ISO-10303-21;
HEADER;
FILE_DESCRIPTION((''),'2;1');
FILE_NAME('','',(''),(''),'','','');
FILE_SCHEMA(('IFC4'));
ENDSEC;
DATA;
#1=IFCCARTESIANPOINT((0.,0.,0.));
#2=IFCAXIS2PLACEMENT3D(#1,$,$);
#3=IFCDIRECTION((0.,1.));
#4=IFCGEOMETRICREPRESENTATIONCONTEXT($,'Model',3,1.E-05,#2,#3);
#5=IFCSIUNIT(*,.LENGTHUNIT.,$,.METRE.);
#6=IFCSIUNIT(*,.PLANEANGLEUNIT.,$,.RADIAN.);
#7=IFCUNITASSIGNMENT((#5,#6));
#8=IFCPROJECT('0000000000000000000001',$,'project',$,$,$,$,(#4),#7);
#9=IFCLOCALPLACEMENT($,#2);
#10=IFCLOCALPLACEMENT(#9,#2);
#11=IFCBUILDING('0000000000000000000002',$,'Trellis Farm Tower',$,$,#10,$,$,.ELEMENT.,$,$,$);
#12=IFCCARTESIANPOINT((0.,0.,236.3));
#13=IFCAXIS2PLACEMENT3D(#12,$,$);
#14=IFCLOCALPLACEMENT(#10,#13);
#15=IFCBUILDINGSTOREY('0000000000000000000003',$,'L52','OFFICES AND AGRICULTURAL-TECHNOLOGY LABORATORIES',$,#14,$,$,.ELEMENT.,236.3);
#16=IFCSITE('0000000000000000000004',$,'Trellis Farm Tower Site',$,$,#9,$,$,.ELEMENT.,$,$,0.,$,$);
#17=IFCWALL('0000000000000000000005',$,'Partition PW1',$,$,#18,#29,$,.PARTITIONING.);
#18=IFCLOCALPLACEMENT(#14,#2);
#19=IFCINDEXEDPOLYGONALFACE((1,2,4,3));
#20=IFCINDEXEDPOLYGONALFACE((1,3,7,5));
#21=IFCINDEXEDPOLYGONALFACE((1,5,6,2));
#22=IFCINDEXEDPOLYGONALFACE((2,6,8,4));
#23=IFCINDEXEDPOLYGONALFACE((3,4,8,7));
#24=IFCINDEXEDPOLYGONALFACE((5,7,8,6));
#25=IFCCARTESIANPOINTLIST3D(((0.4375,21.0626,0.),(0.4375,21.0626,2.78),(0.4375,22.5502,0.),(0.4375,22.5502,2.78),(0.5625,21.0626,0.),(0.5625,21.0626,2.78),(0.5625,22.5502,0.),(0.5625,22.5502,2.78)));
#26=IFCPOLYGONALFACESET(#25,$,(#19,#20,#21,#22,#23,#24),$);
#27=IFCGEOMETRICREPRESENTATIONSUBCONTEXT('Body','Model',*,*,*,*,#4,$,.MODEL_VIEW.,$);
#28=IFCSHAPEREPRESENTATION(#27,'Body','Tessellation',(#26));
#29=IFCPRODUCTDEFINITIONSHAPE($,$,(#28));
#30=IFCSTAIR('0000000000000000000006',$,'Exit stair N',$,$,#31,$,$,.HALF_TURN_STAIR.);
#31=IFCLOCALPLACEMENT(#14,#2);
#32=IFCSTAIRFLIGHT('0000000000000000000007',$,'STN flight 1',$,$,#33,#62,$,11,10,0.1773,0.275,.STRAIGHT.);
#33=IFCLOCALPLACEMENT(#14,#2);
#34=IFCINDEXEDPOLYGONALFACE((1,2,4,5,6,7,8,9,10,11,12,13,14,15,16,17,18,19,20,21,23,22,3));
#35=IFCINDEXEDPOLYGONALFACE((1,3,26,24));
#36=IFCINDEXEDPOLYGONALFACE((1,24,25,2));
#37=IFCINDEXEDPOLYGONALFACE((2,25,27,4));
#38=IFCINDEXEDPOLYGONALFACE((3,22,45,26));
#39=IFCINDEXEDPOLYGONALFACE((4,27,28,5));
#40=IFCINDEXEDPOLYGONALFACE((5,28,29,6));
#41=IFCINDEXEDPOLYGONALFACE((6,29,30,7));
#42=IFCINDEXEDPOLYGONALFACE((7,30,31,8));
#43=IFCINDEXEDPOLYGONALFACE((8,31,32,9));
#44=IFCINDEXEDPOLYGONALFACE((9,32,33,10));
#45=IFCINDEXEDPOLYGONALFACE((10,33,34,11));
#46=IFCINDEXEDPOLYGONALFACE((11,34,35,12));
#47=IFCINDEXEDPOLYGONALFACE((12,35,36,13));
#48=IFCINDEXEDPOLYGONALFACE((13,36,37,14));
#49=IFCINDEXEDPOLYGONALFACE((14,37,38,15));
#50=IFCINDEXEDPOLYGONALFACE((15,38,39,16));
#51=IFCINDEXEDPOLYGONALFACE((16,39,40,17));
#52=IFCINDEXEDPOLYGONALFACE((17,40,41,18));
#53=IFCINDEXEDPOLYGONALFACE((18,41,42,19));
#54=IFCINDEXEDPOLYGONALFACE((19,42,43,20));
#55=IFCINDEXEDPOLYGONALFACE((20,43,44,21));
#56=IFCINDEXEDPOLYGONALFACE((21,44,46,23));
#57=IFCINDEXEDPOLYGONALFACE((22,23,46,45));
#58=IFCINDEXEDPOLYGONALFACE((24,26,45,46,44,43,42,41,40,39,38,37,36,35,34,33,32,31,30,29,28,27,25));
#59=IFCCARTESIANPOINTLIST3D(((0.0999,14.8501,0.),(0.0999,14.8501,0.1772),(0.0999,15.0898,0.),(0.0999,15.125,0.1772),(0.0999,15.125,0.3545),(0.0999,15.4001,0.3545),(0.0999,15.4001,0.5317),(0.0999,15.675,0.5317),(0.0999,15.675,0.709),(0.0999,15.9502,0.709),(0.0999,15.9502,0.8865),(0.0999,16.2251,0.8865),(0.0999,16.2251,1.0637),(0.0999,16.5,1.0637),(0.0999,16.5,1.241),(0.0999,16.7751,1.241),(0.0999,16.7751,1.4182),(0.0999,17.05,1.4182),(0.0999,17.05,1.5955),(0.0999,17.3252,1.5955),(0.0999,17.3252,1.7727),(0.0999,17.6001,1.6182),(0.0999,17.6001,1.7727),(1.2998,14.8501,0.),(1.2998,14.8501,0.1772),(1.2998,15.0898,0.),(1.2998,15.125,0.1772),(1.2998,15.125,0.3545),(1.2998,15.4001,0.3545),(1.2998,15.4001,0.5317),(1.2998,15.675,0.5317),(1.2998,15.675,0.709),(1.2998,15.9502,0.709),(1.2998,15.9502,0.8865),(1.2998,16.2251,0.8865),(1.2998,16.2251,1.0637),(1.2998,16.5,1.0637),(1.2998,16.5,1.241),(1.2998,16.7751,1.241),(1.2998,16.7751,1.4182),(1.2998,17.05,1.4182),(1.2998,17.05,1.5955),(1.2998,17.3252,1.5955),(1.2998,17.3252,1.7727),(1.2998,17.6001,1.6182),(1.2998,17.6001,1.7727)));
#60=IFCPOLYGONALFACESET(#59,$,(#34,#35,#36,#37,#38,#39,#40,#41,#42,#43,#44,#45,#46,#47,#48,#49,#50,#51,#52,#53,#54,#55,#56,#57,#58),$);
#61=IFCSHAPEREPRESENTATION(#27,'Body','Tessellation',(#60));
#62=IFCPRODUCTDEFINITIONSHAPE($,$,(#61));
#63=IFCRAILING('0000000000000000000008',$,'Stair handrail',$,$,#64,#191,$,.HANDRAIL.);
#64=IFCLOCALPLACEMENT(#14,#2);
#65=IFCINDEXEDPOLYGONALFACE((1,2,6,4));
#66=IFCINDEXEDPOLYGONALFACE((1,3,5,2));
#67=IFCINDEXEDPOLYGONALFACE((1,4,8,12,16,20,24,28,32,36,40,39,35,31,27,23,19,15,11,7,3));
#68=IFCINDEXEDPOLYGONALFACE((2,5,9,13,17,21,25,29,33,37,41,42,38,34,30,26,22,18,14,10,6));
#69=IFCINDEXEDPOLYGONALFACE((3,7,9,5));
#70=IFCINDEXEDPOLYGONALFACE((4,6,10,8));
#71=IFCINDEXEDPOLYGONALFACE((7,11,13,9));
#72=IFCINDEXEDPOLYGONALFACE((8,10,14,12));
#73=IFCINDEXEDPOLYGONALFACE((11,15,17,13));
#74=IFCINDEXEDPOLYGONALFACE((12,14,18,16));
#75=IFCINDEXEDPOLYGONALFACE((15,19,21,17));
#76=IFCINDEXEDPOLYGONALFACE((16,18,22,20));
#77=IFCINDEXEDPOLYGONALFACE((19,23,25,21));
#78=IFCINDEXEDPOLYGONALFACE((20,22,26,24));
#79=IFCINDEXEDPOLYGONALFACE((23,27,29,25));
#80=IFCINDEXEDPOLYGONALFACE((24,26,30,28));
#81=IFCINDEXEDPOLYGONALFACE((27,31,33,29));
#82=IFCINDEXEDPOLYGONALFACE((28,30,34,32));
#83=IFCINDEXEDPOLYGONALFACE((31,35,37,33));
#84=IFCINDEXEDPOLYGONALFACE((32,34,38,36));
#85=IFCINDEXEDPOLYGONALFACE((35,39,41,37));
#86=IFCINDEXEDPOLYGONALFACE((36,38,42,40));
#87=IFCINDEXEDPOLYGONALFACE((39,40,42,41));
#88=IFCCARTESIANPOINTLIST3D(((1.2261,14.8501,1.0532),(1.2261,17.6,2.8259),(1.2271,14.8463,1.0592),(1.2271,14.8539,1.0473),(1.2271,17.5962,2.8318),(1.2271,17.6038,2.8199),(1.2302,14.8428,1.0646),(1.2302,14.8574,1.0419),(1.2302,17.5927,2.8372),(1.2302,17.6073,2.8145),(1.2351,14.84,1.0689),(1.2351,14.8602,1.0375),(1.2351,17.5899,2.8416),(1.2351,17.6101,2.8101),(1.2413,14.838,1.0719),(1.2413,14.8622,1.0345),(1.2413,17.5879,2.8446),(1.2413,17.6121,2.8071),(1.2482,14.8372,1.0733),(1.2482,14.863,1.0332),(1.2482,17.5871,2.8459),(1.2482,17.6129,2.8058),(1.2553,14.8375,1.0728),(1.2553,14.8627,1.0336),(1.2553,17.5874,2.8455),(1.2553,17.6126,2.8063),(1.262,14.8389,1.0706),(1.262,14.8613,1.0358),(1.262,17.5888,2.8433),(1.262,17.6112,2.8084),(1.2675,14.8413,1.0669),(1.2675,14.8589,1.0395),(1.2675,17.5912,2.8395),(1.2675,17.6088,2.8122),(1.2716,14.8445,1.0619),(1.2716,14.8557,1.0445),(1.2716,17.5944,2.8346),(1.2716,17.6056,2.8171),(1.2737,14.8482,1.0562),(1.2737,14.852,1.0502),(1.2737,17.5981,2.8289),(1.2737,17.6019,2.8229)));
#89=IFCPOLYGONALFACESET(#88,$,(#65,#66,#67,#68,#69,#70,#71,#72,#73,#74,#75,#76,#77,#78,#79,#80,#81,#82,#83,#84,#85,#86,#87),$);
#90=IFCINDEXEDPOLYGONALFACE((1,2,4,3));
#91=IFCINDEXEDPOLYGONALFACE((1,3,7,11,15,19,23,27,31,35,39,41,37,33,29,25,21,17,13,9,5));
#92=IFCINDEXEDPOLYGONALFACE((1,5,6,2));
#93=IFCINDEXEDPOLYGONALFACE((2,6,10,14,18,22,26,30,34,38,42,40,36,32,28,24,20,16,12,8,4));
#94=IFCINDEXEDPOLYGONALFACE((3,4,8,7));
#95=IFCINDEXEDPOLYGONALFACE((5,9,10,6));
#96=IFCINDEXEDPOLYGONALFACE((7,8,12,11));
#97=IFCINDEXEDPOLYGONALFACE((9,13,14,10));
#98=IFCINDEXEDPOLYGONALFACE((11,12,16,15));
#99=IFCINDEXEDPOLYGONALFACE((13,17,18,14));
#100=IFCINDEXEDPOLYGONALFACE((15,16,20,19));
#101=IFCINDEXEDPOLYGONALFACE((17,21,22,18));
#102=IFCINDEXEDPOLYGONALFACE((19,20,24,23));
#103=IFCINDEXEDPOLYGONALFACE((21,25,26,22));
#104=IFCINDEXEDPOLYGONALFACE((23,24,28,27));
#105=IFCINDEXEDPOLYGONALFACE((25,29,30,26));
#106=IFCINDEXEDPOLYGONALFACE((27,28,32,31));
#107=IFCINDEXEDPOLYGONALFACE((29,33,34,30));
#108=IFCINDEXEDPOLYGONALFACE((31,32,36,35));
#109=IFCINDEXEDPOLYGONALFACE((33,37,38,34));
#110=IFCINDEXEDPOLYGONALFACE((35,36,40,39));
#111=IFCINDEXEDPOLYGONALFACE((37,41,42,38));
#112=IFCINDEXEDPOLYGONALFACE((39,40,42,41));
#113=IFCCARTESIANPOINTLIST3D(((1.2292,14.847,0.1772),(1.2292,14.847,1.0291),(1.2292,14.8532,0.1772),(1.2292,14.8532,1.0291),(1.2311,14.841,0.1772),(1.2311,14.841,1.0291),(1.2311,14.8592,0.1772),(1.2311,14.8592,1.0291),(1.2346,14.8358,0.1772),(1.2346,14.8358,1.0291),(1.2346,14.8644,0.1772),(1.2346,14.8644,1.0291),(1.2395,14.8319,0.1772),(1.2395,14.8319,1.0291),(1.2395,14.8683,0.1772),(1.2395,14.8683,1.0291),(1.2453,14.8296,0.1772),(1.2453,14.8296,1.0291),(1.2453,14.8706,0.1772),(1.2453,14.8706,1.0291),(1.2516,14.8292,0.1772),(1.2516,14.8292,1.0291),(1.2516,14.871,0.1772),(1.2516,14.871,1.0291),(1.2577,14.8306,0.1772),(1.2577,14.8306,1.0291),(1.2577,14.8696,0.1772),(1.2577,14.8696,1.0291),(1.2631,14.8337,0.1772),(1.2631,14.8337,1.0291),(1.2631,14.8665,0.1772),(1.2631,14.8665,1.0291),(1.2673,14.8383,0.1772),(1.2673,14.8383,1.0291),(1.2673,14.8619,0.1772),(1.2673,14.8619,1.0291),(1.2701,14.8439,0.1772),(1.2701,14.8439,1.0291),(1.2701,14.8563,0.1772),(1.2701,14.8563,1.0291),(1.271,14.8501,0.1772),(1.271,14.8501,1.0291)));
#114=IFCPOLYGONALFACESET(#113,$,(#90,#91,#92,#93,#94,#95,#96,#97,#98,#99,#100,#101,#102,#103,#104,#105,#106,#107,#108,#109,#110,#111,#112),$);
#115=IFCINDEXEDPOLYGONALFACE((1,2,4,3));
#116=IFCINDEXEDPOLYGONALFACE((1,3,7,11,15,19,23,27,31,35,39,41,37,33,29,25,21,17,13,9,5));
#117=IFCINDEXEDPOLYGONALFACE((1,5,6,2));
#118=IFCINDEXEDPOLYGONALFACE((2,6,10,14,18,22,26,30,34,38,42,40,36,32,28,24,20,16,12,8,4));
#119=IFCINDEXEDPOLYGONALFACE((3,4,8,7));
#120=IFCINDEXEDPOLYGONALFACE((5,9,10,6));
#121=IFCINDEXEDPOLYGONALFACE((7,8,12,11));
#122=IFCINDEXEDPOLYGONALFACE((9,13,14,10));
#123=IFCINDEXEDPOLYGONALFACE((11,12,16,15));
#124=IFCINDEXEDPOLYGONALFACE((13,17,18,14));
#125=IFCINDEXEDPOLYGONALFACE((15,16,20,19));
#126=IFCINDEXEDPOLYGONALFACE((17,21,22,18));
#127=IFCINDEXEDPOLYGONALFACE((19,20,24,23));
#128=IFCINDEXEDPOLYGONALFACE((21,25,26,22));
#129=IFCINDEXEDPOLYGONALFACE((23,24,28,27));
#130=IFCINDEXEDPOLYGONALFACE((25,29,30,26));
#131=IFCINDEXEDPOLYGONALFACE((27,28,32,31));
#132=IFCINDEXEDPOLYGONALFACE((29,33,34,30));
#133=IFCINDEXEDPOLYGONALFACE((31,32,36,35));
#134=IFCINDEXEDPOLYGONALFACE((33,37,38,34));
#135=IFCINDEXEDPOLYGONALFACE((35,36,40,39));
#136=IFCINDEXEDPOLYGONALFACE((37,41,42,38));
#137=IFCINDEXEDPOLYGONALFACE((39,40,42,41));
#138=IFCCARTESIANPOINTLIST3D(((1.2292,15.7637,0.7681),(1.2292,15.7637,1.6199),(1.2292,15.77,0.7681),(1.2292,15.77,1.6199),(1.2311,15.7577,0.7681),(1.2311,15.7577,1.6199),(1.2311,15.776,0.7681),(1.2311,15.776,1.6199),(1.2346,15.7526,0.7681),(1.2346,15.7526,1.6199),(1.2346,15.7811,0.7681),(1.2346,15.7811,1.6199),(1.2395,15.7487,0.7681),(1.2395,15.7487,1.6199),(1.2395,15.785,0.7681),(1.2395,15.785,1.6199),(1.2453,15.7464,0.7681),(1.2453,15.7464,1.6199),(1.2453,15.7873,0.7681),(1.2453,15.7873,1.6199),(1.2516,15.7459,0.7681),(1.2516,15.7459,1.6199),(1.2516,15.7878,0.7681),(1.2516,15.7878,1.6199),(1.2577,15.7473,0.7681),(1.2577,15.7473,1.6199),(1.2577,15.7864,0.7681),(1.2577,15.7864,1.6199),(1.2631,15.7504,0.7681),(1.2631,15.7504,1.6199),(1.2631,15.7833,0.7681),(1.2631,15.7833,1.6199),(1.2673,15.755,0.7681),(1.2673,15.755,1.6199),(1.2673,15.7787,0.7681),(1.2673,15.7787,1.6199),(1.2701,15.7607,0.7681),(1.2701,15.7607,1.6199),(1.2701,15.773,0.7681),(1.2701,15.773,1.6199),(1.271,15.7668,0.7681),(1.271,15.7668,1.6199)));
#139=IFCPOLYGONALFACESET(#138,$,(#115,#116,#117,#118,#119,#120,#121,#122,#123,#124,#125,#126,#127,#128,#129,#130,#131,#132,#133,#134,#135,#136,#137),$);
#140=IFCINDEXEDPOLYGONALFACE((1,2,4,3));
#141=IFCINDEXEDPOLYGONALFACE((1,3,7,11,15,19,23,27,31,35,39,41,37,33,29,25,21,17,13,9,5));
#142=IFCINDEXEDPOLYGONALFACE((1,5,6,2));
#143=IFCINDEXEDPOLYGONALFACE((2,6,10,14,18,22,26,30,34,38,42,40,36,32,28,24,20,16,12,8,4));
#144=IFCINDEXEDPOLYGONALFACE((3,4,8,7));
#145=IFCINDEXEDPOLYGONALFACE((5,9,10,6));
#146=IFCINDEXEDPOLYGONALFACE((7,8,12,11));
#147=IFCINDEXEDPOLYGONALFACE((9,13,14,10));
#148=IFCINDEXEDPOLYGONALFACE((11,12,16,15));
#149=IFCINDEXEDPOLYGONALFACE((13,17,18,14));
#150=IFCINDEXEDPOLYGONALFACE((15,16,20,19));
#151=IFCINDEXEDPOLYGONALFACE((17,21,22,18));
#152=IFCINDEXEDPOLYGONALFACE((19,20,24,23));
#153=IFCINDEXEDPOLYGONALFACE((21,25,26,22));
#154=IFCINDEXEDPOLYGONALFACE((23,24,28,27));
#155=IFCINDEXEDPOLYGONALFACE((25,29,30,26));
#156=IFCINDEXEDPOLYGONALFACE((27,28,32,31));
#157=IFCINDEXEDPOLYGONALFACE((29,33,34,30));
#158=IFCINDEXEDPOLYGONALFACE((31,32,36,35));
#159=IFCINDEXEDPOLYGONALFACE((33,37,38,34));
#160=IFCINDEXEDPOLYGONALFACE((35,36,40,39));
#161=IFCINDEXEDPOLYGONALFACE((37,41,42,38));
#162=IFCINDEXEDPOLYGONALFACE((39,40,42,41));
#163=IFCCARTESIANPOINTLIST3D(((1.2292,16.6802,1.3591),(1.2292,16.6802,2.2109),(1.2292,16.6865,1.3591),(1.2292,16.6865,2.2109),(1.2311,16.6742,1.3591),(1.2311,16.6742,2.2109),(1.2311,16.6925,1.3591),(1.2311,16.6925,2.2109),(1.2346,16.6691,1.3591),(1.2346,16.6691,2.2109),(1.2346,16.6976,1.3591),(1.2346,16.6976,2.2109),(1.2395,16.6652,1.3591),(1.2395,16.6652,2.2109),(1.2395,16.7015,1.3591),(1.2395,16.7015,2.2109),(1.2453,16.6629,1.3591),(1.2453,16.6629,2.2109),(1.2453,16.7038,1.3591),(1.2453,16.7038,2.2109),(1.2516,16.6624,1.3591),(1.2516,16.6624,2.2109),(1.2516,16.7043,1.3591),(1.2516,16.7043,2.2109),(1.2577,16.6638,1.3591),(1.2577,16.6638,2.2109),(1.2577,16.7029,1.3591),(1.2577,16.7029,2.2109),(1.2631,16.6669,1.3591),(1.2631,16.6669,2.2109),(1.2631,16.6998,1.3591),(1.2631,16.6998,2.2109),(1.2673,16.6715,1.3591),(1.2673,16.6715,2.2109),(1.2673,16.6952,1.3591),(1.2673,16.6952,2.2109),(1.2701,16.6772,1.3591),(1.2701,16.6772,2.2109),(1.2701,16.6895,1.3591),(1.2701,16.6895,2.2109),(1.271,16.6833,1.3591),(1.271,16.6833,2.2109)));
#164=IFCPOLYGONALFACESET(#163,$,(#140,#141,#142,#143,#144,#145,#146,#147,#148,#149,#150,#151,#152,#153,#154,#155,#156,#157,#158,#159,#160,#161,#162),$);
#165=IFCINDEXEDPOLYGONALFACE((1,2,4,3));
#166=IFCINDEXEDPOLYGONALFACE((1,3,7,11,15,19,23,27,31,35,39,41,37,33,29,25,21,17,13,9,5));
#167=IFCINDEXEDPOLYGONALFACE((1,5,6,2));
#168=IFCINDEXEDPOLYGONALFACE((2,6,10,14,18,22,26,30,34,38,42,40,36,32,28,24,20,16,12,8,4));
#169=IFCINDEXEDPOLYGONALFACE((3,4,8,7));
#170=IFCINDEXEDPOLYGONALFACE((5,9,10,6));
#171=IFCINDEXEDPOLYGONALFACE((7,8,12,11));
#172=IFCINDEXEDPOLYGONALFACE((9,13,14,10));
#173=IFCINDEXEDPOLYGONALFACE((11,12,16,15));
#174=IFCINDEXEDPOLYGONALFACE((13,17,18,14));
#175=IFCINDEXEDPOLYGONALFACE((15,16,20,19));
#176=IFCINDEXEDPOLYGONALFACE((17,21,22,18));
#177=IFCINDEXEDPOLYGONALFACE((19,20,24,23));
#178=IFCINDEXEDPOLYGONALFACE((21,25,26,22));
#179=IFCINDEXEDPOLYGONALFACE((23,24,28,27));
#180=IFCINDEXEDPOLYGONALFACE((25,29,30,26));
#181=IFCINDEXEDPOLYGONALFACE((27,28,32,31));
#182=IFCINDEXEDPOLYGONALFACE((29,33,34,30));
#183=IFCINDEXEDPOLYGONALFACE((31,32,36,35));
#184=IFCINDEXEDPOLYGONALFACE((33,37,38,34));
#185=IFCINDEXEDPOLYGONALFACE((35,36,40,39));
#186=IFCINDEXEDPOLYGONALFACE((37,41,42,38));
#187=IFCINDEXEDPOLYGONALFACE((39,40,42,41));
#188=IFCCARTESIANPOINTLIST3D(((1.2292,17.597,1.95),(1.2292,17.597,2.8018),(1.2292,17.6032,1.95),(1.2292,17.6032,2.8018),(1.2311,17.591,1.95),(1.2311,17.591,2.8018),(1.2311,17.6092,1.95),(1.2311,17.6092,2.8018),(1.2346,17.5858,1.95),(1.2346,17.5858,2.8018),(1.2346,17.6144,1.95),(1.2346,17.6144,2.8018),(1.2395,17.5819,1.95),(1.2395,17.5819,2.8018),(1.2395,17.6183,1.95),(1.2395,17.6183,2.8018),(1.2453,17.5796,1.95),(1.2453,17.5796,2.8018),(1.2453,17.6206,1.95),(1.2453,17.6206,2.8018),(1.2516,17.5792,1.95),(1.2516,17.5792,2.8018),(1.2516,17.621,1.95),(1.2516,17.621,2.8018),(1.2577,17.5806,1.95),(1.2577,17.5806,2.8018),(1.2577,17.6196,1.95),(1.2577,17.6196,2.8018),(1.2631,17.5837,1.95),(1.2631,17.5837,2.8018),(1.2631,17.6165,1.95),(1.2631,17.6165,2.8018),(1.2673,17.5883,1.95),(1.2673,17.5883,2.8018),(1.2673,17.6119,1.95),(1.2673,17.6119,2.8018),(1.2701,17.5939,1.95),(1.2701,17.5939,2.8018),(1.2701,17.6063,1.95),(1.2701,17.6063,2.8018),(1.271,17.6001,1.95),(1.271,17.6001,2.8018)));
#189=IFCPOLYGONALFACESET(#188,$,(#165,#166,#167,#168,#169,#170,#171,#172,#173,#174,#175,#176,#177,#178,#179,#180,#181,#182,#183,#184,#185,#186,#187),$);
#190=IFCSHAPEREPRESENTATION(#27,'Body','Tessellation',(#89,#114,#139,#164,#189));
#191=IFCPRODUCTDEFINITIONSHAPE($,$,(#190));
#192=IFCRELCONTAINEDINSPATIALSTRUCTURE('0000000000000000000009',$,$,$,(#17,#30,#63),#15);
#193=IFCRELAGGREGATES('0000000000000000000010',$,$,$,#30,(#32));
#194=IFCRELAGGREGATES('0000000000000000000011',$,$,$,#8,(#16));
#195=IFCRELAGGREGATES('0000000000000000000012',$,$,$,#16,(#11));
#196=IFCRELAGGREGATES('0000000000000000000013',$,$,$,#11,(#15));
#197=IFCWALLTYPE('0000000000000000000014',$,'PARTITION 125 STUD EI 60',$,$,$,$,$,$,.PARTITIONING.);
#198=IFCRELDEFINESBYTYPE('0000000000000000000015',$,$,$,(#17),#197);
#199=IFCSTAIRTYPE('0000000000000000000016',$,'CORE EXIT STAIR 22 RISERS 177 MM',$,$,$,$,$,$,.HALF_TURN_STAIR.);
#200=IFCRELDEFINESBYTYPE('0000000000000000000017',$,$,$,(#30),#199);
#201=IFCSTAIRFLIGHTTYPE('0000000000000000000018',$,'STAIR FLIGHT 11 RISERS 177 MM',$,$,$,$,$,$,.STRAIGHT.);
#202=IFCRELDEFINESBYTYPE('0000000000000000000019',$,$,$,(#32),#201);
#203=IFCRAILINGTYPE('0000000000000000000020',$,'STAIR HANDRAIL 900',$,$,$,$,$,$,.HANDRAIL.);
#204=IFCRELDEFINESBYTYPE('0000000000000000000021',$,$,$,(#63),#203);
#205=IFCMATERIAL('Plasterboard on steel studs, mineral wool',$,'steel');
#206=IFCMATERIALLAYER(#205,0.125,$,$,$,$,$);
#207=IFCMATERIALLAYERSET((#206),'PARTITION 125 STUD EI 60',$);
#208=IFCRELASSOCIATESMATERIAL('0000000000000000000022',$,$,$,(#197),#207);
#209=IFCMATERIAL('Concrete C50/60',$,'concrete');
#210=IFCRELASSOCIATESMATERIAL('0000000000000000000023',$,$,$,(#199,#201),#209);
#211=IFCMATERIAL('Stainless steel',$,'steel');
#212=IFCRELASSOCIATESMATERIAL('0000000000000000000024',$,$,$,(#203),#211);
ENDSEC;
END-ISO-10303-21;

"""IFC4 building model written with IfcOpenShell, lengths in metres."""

from ifc_helpers import new_model, si_unit, direction, frame, frame_2d, origin, origin_2d, place, context, subcontext, project, spatial, polyline, rectangle, circle, outline, extrude, source, transform, mapped, material, layer, layer_set, type_object, element, aggregate, save


model = new_model("IFC4")

# Units and contexts
model_context = context("Model", 3, precision=1e-05, world=origin(), true_north=direction((0.0, 1.0)))
body_context = subcontext(model_context, "Body", "Model", "MODEL_VIEW")
ifc_project = project(units=[si_unit("LENGTHUNIT", "METRE"), si_unit("PLANEANGLEUNIT", "RADIAN")], contexts=[model_context])

# Site, building, storey
site_placement = place(None, origin())
site = spatial("IfcSite", under=ifc_project, at=site_placement, Name="Trellis Farm Tower Site", CompositionType="ELEMENT", RefElevation=0.0)
building_placement = place(site_placement, origin())
building = spatial("IfcBuilding", under=site, at=building_placement, Name="Trellis Farm Tower", CompositionType="ELEMENT")
storey_placement = place(building_placement, frame((0.0, 0.0, 236.3)))
storey = spatial("IfcBuildingStorey", under=building, at=storey_placement, Name="L52", Description="OFFICES AND AGRICULTURAL-TECHNOLOGY LABORATORIES", CompositionType="ELEMENT", Elevation=236.3)

# Shared definitions
placement_1 = place(storey_placement, origin())

# Shared definitions
ifc_material_1 = material(Name="Plasterboard on steel studs, mineral wool", Category="steel")
ifc_layer_1 = layer(ifc_material_1, 0.125)
ifc_layer_set_1 = layer_set([ifc_layer_1], Name="PARTITION 125 STUD EI 60")
wall_type_1 = type_object("IfcWallType", Name="PARTITION 125 STUD EI 60", PredefinedType="PARTITIONING", material=ifc_layer_set_1)

# Wall
shared_shape_1 = source(origin(), body_context, "Body", "SweptSolid", [
    extrude(rectangle(XDim=1.4875, YDim=0.125, at=frame_2d((0.7437, 0.0))), origin(), (0.0, 0.0, 1.0), 2.78),
])
wall_1_placement = place(storey_placement, frame((0.5, 22.55, 0.0), z_axis=(0.0, 0.0, 1.0), x_axis=(0.0, -1.0, 0.0)))
element("IfcWall", 1, at=wall_1_placement, inside=storey, type_object=wall_type_1, Name="Partition PW1", PredefinedType="PARTITIONING", context=body_context, shape_type="MappedRepresentation", body=[
    mapped(shared_shape_1, transform((0.0, 0.0, 0.0))),
])

# Stair, stair flight
ifc_material_2 = material(Name="Concrete C50/60", Category="concrete")
stair_type = type_object("IfcStairType", Name="CORE EXIT STAIR 22 RISERS 177 MM", PredefinedType="HALF_TURN_STAIR", material=ifc_material_2)
stair = element("IfcStair", 2, at=placement_1, inside=storey, type_object=stair_type, Name="Exit stair N", PredefinedType="HALF_TURN_STAIR")
stair_flight_type = type_object("IfcStairFlightType", Name="STAIR FLIGHT 11 RISERS 177 MM", PredefinedType="STRAIGHT", material=ifc_material_2)
shared_shape_2 = source(origin(), body_context, "Body", "SweptSolid", [
    extrude(outline(polyline([(0.0, 0.0), (0.0, 0.1772), (0.2749, 0.1772), (0.2749, 0.3545), (0.55, 0.3545), (0.55, 0.5317), (0.825, 0.5317), (0.825, 0.709), (1.1001, 0.709), (1.1001, 0.8865), (1.375, 0.8865), (1.375, 1.0637), (1.6499, 1.0637), (1.6499, 1.241), (1.925, 1.241), (1.925, 1.4182), (2.2, 1.4182), (2.2, 1.5955), (2.4751, 1.5955), (2.4751, 1.7727), (2.75, 1.7727), (2.75, 1.95), (2.75, 1.6182), (0.2397, 0.0), (0.0, 0.0)])), frame((0.0, 0.6001, 0.0), z_axis=(0.0, -1.0, 0.0), x_axis=(1.0, 0.0, 0.0)), (0.0, 0.0, 1.0), 1.2),
])
stair_flight_placement = place(storey_placement, frame((0.7, 14.8501, 0.0), z_axis=(0.0, 0.0, 1.0), x_axis=(0.0, 1.0, 0.0)))
stair_flight = element("IfcStairFlight", 3, at=stair_flight_placement, type_object=stair_flight_type, Name="STN flight 1", NumberOfRisers=11, NumberOfTreads=10, PredefinedType="STRAIGHT", RiserHeight=0.1773, TreadLength=0.275, context=body_context, shape_type="MappedRepresentation", body=[
    mapped(shared_shape_2, transform((0.0, 0.0, 0.0))),
])
aggregate(stair, [stair_flight])

# Railing
ifc_material_3 = material(Name="Stainless steel", Category="steel")
railing_type = type_object("IfcRailingType", Name="STAIR HANDRAIL 900", PredefinedType="HANDRAIL", material=ifc_material_3)
shared_shape_3 = source(origin(), body_context, "Body", "SweptSolid", [
    extrude(circle(Radius=0.0239, at=origin_2d()), frame((0.0, 0.0, 0.876), z_axis=(0.0, 0.840504, 0.541806), x_axis=(-1.0, 0.0, 0.0)), (0.0, 0.0, 1.0), 3.2717),
    extrude(circle(Radius=0.021, at=origin_2d()), origin(), (0.0, 0.0, 1.0), 0.8518),
    extrude(circle(Radius=0.021, at=origin_2d()), frame((0.0, 0.9167, 0.5908)), (0.0, 0.0, 1.0), 0.8518),
    extrude(circle(Radius=0.021, at=origin_2d()), frame((0.0, 1.8333, 1.1819)), (0.0, 0.0, 1.0), 0.8518),
    extrude(circle(Radius=0.021, at=origin_2d()), frame((0.0, 2.75, 1.7727)), (0.0, 0.0, 1.0), 0.8518),
])
railing_placement = place(storey_placement, frame((1.25, 14.8501, 0.1772)))
element("IfcRailing", 4, at=railing_placement, inside=storey, type_object=railing_type, Name="Stair handrail", PredefinedType="HANDRAIL", context=body_context, shape_type="MappedRepresentation", body=[
    mapped(shared_shape_3, transform((0.0, 0.0, 0.0))),
])

save(model, "model.ifc")
